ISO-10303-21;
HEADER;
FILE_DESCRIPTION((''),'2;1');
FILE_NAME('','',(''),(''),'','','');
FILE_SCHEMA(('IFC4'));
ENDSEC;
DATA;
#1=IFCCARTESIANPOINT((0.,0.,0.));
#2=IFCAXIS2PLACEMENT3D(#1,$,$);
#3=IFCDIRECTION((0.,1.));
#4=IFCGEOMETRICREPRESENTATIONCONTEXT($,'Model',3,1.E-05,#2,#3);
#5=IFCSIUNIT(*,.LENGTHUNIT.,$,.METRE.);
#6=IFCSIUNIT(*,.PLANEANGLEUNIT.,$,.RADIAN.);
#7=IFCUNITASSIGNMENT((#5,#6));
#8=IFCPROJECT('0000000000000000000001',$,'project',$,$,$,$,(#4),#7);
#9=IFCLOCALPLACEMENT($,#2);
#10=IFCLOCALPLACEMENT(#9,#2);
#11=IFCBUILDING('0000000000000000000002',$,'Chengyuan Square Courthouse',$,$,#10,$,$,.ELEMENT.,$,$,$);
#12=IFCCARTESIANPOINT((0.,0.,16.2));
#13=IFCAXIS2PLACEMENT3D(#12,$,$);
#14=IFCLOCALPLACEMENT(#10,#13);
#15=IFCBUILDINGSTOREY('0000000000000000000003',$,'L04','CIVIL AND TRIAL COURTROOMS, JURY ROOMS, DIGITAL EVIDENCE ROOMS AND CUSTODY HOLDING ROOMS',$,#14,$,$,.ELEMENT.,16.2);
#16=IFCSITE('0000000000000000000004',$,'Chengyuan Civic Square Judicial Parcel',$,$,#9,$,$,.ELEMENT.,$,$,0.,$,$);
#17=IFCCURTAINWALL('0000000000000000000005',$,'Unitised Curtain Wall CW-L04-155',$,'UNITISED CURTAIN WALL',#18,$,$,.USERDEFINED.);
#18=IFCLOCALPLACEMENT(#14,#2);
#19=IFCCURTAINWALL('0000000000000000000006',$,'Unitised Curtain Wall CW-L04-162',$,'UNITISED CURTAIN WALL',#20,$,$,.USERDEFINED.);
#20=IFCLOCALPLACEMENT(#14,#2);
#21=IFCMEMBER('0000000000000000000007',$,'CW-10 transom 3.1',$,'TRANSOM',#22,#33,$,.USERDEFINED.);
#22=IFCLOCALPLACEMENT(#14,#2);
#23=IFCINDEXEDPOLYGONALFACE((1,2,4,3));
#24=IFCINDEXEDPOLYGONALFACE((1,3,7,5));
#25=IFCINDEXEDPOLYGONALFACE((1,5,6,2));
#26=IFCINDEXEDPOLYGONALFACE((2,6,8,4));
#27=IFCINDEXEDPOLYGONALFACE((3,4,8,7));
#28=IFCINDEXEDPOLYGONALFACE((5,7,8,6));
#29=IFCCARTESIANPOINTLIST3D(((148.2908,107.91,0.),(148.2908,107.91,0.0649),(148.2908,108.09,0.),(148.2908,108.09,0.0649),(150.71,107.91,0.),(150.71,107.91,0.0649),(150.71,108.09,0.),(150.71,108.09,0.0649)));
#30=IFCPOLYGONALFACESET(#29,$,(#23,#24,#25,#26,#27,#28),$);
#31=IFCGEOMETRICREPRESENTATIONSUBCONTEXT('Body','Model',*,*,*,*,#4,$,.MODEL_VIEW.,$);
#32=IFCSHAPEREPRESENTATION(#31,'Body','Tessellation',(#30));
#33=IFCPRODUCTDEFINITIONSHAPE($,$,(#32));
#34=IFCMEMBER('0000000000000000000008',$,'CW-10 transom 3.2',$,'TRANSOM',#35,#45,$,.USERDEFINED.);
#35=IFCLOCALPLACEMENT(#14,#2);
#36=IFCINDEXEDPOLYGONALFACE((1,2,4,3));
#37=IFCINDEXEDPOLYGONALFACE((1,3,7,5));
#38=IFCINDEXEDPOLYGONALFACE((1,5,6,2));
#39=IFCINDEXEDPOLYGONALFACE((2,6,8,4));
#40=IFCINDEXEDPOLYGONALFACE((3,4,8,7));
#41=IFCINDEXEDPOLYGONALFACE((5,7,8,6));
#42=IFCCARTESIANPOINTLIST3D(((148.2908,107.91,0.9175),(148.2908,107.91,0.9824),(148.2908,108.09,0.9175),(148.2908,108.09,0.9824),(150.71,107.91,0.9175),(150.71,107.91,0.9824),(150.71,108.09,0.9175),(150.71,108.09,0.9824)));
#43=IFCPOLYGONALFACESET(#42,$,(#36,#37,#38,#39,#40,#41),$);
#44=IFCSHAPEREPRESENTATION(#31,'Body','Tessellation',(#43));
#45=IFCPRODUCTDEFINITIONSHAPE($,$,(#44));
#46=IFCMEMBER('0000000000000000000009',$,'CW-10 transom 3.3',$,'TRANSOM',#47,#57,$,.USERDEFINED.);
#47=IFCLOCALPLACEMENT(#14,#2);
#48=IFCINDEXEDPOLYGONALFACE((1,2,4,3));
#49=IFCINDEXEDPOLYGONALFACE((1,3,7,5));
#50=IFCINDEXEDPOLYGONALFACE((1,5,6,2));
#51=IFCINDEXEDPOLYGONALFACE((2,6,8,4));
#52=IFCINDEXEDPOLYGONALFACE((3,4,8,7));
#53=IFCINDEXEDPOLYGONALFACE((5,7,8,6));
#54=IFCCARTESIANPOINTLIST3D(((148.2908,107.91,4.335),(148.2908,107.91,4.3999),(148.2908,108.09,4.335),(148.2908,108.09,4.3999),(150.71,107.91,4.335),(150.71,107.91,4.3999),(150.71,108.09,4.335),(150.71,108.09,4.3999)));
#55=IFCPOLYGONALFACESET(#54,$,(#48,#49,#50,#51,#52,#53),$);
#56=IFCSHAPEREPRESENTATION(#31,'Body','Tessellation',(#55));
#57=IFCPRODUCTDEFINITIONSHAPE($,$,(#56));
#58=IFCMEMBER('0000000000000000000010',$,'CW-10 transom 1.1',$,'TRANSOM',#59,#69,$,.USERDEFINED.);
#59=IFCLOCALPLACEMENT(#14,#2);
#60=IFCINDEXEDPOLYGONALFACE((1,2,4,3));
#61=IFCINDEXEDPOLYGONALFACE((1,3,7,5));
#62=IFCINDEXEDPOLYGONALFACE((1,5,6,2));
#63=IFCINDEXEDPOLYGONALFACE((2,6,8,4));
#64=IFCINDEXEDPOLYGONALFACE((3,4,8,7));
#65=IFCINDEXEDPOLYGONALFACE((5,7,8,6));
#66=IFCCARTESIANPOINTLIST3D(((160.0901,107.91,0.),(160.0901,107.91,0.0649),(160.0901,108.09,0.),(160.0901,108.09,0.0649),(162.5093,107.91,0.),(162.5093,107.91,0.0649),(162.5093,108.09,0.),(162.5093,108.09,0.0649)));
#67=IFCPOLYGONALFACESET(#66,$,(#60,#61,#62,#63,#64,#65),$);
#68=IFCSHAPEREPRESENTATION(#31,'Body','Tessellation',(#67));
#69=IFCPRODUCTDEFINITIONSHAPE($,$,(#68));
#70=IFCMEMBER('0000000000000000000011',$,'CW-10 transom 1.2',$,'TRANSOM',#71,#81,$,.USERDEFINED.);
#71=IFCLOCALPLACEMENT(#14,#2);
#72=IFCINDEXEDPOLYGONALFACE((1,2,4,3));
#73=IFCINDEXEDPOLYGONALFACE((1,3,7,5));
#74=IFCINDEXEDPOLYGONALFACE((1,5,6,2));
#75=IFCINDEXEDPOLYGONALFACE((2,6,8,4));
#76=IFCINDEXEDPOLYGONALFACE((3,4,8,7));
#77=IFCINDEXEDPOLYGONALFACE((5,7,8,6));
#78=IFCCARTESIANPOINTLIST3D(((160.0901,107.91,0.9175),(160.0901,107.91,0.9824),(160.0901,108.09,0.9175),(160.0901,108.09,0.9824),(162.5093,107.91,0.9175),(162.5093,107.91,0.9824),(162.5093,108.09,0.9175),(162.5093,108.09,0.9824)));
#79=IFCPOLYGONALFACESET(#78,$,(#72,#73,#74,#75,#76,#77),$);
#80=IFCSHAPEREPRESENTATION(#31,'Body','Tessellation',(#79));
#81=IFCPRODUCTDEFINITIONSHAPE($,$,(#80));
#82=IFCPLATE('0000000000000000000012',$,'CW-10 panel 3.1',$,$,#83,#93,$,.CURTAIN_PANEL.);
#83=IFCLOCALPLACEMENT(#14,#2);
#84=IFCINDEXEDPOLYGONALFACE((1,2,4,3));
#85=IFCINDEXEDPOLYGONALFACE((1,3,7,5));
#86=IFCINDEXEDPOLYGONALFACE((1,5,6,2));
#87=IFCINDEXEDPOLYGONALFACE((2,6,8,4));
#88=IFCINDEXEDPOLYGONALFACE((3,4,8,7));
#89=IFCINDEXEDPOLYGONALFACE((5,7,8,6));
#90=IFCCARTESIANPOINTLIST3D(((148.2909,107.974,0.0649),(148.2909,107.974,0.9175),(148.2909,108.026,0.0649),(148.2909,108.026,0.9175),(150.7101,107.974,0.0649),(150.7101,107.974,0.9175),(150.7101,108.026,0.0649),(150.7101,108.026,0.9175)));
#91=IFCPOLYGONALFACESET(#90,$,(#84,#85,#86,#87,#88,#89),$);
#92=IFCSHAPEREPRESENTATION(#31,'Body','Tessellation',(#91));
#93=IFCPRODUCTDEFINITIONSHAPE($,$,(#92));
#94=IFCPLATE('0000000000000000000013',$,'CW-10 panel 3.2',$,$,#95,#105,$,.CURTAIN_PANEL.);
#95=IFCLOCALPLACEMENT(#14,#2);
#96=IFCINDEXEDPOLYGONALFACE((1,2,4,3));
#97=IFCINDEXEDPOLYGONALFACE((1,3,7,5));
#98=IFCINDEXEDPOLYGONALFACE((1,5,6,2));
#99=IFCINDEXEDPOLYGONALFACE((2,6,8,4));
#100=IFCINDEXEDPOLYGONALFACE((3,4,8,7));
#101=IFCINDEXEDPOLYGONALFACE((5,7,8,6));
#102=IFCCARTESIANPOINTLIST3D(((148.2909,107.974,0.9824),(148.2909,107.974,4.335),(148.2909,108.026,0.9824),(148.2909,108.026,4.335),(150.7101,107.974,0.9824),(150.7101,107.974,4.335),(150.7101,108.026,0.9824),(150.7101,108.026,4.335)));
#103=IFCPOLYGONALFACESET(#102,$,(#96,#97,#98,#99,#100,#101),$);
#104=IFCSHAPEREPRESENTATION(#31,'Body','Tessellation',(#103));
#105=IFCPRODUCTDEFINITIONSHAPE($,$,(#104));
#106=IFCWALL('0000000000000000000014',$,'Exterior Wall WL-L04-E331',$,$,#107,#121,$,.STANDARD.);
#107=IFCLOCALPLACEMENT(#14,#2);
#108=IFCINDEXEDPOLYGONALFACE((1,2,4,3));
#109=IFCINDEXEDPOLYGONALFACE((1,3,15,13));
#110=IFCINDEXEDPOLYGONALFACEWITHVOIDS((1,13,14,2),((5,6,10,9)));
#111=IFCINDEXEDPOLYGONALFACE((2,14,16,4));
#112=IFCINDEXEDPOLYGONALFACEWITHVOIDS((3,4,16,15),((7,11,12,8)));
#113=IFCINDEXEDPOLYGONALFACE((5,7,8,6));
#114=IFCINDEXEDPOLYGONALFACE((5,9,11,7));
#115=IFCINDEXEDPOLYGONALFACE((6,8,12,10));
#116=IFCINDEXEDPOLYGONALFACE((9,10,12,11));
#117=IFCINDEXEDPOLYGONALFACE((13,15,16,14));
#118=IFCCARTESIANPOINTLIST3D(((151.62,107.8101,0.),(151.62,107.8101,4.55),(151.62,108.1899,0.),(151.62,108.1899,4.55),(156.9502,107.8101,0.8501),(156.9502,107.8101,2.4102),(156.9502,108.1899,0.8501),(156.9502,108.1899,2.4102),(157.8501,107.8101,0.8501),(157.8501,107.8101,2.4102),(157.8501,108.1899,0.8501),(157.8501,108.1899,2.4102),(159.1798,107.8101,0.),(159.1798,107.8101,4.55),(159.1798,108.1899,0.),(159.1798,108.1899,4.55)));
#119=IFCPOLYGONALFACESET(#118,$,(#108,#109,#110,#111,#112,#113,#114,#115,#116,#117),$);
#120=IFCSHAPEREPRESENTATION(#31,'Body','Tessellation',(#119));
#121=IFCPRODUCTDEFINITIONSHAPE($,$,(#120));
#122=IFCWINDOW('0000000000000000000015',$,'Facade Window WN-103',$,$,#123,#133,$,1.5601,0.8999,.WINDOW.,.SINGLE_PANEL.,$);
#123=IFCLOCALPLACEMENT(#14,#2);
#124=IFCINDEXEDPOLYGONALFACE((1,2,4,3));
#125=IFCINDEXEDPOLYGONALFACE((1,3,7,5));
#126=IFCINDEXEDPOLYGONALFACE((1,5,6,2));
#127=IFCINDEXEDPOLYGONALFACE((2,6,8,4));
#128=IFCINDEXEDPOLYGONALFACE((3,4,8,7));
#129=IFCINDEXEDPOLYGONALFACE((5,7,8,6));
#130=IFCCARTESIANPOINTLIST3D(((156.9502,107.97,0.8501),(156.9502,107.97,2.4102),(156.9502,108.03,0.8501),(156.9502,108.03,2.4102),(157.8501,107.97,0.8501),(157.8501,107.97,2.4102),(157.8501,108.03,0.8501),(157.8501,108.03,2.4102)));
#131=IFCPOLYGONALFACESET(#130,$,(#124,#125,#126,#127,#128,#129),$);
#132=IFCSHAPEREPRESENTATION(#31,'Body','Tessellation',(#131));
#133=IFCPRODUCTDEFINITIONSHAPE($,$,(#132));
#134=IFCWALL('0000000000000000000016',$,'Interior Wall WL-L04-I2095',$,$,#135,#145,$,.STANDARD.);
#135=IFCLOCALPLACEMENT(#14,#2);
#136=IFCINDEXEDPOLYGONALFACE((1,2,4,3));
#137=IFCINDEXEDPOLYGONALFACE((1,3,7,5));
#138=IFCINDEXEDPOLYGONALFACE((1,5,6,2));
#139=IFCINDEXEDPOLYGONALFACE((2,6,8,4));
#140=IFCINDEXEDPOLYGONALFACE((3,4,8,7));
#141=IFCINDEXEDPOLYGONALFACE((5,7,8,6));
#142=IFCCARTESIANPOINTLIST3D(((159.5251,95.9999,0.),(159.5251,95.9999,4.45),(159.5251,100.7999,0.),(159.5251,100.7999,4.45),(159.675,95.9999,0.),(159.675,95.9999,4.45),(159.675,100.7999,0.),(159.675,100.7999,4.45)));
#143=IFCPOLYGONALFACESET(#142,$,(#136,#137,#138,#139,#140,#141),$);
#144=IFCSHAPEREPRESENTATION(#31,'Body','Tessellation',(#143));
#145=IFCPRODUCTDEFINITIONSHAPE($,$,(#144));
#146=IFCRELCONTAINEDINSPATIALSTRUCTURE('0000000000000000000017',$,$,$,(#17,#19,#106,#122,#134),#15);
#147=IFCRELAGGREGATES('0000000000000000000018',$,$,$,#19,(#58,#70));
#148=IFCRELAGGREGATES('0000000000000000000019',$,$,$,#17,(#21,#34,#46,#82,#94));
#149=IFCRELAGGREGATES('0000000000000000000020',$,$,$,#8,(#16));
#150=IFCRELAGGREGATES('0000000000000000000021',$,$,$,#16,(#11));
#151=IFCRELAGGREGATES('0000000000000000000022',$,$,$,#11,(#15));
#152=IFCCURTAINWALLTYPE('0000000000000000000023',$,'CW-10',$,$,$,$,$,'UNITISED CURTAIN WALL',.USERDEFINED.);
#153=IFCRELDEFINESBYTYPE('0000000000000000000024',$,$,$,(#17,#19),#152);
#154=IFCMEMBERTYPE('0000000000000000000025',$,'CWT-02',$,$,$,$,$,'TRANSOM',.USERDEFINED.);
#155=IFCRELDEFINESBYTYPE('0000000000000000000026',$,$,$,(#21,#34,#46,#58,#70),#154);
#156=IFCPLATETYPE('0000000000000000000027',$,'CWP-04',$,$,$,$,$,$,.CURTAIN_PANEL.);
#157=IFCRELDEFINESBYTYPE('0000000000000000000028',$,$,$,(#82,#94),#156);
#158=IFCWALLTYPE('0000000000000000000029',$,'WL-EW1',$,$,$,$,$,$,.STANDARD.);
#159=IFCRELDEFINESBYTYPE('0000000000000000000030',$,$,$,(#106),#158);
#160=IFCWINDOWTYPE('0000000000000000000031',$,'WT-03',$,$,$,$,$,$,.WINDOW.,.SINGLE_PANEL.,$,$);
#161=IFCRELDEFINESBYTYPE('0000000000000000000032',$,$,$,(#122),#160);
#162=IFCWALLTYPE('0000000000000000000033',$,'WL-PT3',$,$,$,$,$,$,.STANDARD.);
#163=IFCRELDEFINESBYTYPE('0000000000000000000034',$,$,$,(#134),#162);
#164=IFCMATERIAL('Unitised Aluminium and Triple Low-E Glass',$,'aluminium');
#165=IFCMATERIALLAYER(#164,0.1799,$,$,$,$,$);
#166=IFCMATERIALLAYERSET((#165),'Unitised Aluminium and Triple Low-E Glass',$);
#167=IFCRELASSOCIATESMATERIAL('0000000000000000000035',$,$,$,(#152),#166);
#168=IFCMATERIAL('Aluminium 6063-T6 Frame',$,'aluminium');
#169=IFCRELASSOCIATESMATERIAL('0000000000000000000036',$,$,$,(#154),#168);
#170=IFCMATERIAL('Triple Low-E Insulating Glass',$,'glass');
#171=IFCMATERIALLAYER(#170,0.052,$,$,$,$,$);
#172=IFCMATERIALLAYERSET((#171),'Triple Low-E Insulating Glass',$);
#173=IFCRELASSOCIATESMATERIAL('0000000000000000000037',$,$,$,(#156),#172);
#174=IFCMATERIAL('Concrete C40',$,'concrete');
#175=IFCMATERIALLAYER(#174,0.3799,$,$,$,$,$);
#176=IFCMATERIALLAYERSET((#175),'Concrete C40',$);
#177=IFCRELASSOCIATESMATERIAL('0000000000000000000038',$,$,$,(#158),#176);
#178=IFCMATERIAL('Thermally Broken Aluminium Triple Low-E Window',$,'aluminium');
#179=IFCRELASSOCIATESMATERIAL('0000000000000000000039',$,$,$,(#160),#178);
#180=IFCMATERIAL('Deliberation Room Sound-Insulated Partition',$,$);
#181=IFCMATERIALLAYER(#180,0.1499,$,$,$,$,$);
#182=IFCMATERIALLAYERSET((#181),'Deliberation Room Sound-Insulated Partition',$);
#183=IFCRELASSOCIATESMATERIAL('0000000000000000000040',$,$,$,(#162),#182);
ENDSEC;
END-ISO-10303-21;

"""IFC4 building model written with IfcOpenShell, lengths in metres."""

from ifc_helpers import new_model, si_unit, direction, frame, frame_2d, origin, origin_2d, place, context, subcontext, project, spatial, rectangle, extrude, material, layer, layer_set, material_profile, profile_set, type_object, element, fill, aggregate, save


model = new_model("IFC4")

# Units and contexts
model_context = context("Model", 3, precision=1e-05, world=origin(), true_north=direction((0.0, 1.0)))
body_context = subcontext(model_context, "Body", "Model", "MODEL_VIEW")
ifc_project = project(units=[si_unit("LENGTHUNIT", "METRE"), si_unit("PLANEANGLEUNIT", "RADIAN")], contexts=[model_context])

# Site, building, storey
site_placement = place(None, origin())
site = spatial("IfcSite", under=ifc_project, at=site_placement, Name="Chengyuan Civic Square Judicial Parcel", CompositionType="ELEMENT", RefElevation=0.0)
building_placement = place(site_placement, origin())
building = spatial("IfcBuilding", under=site, at=building_placement, Name="Chengyuan Square Courthouse", CompositionType="ELEMENT")
storey_placement = place(building_placement, frame((0.0, 0.0, 16.2)))
storey = spatial("IfcBuildingStorey", under=building, at=storey_placement, Name="L04", Description="CIVIL AND TRIAL COURTROOMS, JURY ROOMS, DIGITAL EVIDENCE ROOMS AND CUSTODY HOLDING ROOMS", CompositionType="ELEMENT", Elevation=16.2)

# Shared definitions
ifc_material_1 = material(Name="Concrete C40", Category="concrete")

# Curtain wall
ifc_material_2 = material(Name="Unitised Aluminium and Triple Low-E Glass", Category="aluminium")
ifc_layer_1 = layer(ifc_material_2, 0.1799)
ifc_layer_set_1 = layer_set([ifc_layer_1], Name="Unitised Aluminium and Triple Low-E Glass")
curtain_wall_type = type_object("IfcCurtainWallType", Name="CW-10", ElementType="UNITISED CURTAIN WALL", PredefinedType="USERDEFINED", material=ifc_layer_set_1)
curtain_wall_1_placement = place(storey_placement, origin())
curtain_wall_1 = element("IfcCurtainWall", 1, at=curtain_wall_1_placement, inside=storey, type_object=curtain_wall_type, Name="Unitised Curtain Wall CW-L04-155", ObjectType="UNITISED CURTAIN WALL", PredefinedType="USERDEFINED")
ifc_material_3 = material(Name="Aluminium 6063-T6 Frame", Category="aluminium")

# Curtain wall
curtain_wall_2_placement = place(storey_placement, origin())
curtain_wall_2 = element("IfcCurtainWall", 2, at=curtain_wall_2_placement, inside=storey, type_object=curtain_wall_type, Name="Unitised Curtain Wall CW-L04-162", ObjectType="UNITISED CURTAIN WALL", PredefinedType="USERDEFINED")

# Members
ifc_material_profile_1 = material_profile(ifc_material_3, rectangle(XDim=0.1799, YDim=0.0649, at=origin_2d()), Name="CW-TRN-65x140")
ifc_profile_set_1 = profile_set([ifc_material_profile_1], Name="Aluminium 6063-T6 Frame")
member_type_1 = type_object("IfcMemberType", Name="CWT-02", ElementType="TRANSOM", PredefinedType="USERDEFINED", material=ifc_profile_set_1)
member_1_placement = place(storey_placement, frame((148.2908, 108.0, 0.0325), z_axis=(1.0, 0.0, 0.0), x_axis=(0.0, 1.0, 0.0)))
member_1 = element("IfcMember", 3, at=member_1_placement, type_object=member_type_1, Name="CW-10 transom 3.1", ObjectType="TRANSOM", PredefinedType="USERDEFINED", context=body_context, shape_type="SweptSolid", body=[
    extrude(rectangle(XDim=0.1799, YDim=0.0649, at=origin_2d()), origin(), (0.0, 0.0, 1.0), 2.4192),
])
member_2_placement = place(storey_placement, frame((148.2908, 108.0, 0.95), z_axis=(1.0, 0.0, 0.0), x_axis=(0.0, 1.0, 0.0)))
member_2 = element("IfcMember", 4, at=member_2_placement, type_object=member_type_1, Name="CW-10 transom 3.2", ObjectType="TRANSOM", PredefinedType="USERDEFINED", context=body_context, shape_type="SweptSolid", body=[
    extrude(rectangle(XDim=0.1799, YDim=0.0649, at=origin_2d()), origin(), (0.0, 0.0, 1.0), 2.4192),
])
member_3_placement = place(storey_placement, frame((148.2908, 108.0, 4.3674), z_axis=(1.0, 0.0, 0.0), x_axis=(0.0, 1.0, 0.0)))
member_3 = element("IfcMember", 5, at=member_3_placement, type_object=member_type_1, Name="CW-10 transom 3.3", ObjectType="TRANSOM", PredefinedType="USERDEFINED", context=body_context, shape_type="SweptSolid", body=[
    extrude(rectangle(XDim=0.1799, YDim=0.0649, at=origin_2d()), origin(), (0.0, 0.0, 1.0), 2.4192),
])
member_4_placement = place(storey_placement, frame((160.0901, 108.0, 0.0325), z_axis=(1.0, 0.0, 0.0), x_axis=(0.0, 1.0, 0.0)))
member_4 = element("IfcMember", 6, at=member_4_placement, type_object=member_type_1, Name="CW-10 transom 1.1", ObjectType="TRANSOM", PredefinedType="USERDEFINED", context=body_context, shape_type="SweptSolid", body=[
    extrude(rectangle(XDim=0.1799, YDim=0.0649, at=origin_2d()), origin(), (0.0, 0.0, 1.0), 2.4192),
])
member_5_placement = place(storey_placement, frame((160.0901, 108.0, 0.95), z_axis=(1.0, 0.0, 0.0), x_axis=(0.0, 1.0, 0.0)))
member_5 = element("IfcMember", 7, at=member_5_placement, type_object=member_type_1, Name="CW-10 transom 1.2", ObjectType="TRANSOM", PredefinedType="USERDEFINED", context=body_context, shape_type="SweptSolid", body=[
    extrude(rectangle(XDim=0.1799, YDim=0.0649, at=origin_2d()), origin(), (0.0, 0.0, 1.0), 2.4192),
])
aggregate(curtain_wall_2, [member_4, member_5])

# Plates
ifc_material_4 = material(Name="Triple Low-E Insulating Glass", Category="glass")
ifc_layer_2 = layer(ifc_material_4, 0.052)
ifc_layer_set_2 = layer_set([ifc_layer_2], Name="Triple Low-E Insulating Glass")
plate_type = type_object("IfcPlateType", Name="CWP-04", PredefinedType="CURTAIN_PANEL", material=ifc_layer_set_2)
plate_1_placement = place(storey_placement, frame((149.5005, 108.0, 0.0649), z_axis=(0.0, 0.0, 1.0), x_axis=(1.0, 0.0, 0.0)))
plate_1 = element("IfcPlate", 8, at=plate_1_placement, type_object=plate_type, Name="CW-10 panel 3.1", PredefinedType="CURTAIN_PANEL", context=body_context, shape_type="SweptSolid", body=[
    extrude(rectangle(XDim=2.4192, YDim=0.052, at=origin_2d()), origin(), (0.0, 0.0, 1.0), 0.8525),
])
plate_2_placement = place(storey_placement, frame((149.5005, 108.0, 0.9824), z_axis=(0.0, 0.0, 1.0), x_axis=(1.0, 0.0, 0.0)))
plate_2 = element("IfcPlate", 9, at=plate_2_placement, type_object=plate_type, Name="CW-10 panel 3.2", PredefinedType="CURTAIN_PANEL", context=body_context, shape_type="SweptSolid", body=[
    extrude(rectangle(XDim=2.4192, YDim=0.052, at=origin_2d()), origin(), (0.0, 0.0, 1.0), 3.3525),
])
aggregate(curtain_wall_1, [member_1, member_2, member_3, plate_1, plate_2])

# Wall, opening, window
ifc_layer_3 = layer(ifc_material_1, 0.3799)
ifc_layer_set_3 = layer_set([ifc_layer_3], Name="Concrete C40")
wall_type_1 = type_object("IfcWallType", Name="WL-EW1", PredefinedType="STANDARD", material=ifc_layer_set_3)
wall_1_placement = place(storey_placement, frame((151.6201, 108.0, 0.0), z_axis=(0.0, 0.0, 1.0), x_axis=(1.0, 0.0, 0.0)))
wall_1 = element("IfcWall", 10, at=wall_1_placement, inside=storey, type_object=wall_type_1, Name="Exterior Wall WL-L04-E331", PredefinedType="STANDARD", context=body_context, shape_type="SweptSolid", body=[
    extrude(rectangle(XDim=7.5598, YDim=0.3799, at=frame_2d((3.7798, 0.0))), origin(), (0.0, 0.0, 1.0), 4.55),
])
opening_1_placement = place(wall_1_placement, frame((5.3301, 0.0, 0.8501)))
opening_1 = element("IfcOpeningElement", 11, at=opening_1_placement, cuts=wall_1, PredefinedType="OPENING", context=body_context, shape_type="SweptSolid", body=[
    extrude(rectangle(XDim=0.8999, YDim=1.5601, at=frame_2d((0.45, 0.78))), frame((0.0, 0.2019, 0.0), z_axis=(0.0, -1.0, 0.0), x_axis=(1.0, 0.0, 0.0)), (0.0, 0.0, 1.0), 0.4038),
])
ifc_material_5 = material(Name="Thermally Broken Aluminium Triple Low-E Window", Category="aluminium")
window_type = type_object("IfcWindowType", Name="WT-03", PartitioningType="SINGLE_PANEL", PredefinedType="WINDOW", material=ifc_material_5)
window_placement = place(opening_1_placement, origin())
window = element("IfcWindow", 12, at=window_placement, inside=storey, type_object=window_type, Name="Facade Window WN-103", OverallHeight=1.5601, OverallWidth=0.8999, PartitioningType="SINGLE_PANEL", PredefinedType="WINDOW", context=body_context, shape_type="SweptSolid", body=[
    extrude(rectangle(XDim=0.8999, YDim=1.5601, at=frame_2d((0.45, 0.78))), frame((0.0, 0.03, 0.0), z_axis=(0.0, -1.0, 0.0), x_axis=(1.0, 0.0, 0.0)), (0.0, 0.0, 1.0), 0.0601),
])
fill(opening_1, window)

# Wall
ifc_material_6 = material(Name="Deliberation Room Sound-Insulated Partition")
ifc_layer_4 = layer(ifc_material_6, 0.1499)
ifc_layer_set_4 = layer_set([ifc_layer_4], Name="Deliberation Room Sound-Insulated Partition")
wall_type_2 = type_object("IfcWallType", Name="WL-PT3", PredefinedType="STANDARD", material=ifc_layer_set_4)
wall_2_placement = place(storey_placement, frame((159.6001, 96.0, 0.0), z_axis=(0.0, 0.0, 1.0), x_axis=(0.0, 1.0, 0.0)))
element("IfcWall", 13, at=wall_2_placement, inside=storey, type_object=wall_type_2, Name="Interior Wall WL-L04-I2095", PredefinedType="STANDARD", context=body_context, shape_type="SweptSolid", body=[
    extrude(rectangle(XDim=4.8, YDim=0.1499, at=frame_2d((2.3999, 0.0))), origin(), (0.0, 0.0, 1.0), 4.45),
])

save(model, "model.ifc")
